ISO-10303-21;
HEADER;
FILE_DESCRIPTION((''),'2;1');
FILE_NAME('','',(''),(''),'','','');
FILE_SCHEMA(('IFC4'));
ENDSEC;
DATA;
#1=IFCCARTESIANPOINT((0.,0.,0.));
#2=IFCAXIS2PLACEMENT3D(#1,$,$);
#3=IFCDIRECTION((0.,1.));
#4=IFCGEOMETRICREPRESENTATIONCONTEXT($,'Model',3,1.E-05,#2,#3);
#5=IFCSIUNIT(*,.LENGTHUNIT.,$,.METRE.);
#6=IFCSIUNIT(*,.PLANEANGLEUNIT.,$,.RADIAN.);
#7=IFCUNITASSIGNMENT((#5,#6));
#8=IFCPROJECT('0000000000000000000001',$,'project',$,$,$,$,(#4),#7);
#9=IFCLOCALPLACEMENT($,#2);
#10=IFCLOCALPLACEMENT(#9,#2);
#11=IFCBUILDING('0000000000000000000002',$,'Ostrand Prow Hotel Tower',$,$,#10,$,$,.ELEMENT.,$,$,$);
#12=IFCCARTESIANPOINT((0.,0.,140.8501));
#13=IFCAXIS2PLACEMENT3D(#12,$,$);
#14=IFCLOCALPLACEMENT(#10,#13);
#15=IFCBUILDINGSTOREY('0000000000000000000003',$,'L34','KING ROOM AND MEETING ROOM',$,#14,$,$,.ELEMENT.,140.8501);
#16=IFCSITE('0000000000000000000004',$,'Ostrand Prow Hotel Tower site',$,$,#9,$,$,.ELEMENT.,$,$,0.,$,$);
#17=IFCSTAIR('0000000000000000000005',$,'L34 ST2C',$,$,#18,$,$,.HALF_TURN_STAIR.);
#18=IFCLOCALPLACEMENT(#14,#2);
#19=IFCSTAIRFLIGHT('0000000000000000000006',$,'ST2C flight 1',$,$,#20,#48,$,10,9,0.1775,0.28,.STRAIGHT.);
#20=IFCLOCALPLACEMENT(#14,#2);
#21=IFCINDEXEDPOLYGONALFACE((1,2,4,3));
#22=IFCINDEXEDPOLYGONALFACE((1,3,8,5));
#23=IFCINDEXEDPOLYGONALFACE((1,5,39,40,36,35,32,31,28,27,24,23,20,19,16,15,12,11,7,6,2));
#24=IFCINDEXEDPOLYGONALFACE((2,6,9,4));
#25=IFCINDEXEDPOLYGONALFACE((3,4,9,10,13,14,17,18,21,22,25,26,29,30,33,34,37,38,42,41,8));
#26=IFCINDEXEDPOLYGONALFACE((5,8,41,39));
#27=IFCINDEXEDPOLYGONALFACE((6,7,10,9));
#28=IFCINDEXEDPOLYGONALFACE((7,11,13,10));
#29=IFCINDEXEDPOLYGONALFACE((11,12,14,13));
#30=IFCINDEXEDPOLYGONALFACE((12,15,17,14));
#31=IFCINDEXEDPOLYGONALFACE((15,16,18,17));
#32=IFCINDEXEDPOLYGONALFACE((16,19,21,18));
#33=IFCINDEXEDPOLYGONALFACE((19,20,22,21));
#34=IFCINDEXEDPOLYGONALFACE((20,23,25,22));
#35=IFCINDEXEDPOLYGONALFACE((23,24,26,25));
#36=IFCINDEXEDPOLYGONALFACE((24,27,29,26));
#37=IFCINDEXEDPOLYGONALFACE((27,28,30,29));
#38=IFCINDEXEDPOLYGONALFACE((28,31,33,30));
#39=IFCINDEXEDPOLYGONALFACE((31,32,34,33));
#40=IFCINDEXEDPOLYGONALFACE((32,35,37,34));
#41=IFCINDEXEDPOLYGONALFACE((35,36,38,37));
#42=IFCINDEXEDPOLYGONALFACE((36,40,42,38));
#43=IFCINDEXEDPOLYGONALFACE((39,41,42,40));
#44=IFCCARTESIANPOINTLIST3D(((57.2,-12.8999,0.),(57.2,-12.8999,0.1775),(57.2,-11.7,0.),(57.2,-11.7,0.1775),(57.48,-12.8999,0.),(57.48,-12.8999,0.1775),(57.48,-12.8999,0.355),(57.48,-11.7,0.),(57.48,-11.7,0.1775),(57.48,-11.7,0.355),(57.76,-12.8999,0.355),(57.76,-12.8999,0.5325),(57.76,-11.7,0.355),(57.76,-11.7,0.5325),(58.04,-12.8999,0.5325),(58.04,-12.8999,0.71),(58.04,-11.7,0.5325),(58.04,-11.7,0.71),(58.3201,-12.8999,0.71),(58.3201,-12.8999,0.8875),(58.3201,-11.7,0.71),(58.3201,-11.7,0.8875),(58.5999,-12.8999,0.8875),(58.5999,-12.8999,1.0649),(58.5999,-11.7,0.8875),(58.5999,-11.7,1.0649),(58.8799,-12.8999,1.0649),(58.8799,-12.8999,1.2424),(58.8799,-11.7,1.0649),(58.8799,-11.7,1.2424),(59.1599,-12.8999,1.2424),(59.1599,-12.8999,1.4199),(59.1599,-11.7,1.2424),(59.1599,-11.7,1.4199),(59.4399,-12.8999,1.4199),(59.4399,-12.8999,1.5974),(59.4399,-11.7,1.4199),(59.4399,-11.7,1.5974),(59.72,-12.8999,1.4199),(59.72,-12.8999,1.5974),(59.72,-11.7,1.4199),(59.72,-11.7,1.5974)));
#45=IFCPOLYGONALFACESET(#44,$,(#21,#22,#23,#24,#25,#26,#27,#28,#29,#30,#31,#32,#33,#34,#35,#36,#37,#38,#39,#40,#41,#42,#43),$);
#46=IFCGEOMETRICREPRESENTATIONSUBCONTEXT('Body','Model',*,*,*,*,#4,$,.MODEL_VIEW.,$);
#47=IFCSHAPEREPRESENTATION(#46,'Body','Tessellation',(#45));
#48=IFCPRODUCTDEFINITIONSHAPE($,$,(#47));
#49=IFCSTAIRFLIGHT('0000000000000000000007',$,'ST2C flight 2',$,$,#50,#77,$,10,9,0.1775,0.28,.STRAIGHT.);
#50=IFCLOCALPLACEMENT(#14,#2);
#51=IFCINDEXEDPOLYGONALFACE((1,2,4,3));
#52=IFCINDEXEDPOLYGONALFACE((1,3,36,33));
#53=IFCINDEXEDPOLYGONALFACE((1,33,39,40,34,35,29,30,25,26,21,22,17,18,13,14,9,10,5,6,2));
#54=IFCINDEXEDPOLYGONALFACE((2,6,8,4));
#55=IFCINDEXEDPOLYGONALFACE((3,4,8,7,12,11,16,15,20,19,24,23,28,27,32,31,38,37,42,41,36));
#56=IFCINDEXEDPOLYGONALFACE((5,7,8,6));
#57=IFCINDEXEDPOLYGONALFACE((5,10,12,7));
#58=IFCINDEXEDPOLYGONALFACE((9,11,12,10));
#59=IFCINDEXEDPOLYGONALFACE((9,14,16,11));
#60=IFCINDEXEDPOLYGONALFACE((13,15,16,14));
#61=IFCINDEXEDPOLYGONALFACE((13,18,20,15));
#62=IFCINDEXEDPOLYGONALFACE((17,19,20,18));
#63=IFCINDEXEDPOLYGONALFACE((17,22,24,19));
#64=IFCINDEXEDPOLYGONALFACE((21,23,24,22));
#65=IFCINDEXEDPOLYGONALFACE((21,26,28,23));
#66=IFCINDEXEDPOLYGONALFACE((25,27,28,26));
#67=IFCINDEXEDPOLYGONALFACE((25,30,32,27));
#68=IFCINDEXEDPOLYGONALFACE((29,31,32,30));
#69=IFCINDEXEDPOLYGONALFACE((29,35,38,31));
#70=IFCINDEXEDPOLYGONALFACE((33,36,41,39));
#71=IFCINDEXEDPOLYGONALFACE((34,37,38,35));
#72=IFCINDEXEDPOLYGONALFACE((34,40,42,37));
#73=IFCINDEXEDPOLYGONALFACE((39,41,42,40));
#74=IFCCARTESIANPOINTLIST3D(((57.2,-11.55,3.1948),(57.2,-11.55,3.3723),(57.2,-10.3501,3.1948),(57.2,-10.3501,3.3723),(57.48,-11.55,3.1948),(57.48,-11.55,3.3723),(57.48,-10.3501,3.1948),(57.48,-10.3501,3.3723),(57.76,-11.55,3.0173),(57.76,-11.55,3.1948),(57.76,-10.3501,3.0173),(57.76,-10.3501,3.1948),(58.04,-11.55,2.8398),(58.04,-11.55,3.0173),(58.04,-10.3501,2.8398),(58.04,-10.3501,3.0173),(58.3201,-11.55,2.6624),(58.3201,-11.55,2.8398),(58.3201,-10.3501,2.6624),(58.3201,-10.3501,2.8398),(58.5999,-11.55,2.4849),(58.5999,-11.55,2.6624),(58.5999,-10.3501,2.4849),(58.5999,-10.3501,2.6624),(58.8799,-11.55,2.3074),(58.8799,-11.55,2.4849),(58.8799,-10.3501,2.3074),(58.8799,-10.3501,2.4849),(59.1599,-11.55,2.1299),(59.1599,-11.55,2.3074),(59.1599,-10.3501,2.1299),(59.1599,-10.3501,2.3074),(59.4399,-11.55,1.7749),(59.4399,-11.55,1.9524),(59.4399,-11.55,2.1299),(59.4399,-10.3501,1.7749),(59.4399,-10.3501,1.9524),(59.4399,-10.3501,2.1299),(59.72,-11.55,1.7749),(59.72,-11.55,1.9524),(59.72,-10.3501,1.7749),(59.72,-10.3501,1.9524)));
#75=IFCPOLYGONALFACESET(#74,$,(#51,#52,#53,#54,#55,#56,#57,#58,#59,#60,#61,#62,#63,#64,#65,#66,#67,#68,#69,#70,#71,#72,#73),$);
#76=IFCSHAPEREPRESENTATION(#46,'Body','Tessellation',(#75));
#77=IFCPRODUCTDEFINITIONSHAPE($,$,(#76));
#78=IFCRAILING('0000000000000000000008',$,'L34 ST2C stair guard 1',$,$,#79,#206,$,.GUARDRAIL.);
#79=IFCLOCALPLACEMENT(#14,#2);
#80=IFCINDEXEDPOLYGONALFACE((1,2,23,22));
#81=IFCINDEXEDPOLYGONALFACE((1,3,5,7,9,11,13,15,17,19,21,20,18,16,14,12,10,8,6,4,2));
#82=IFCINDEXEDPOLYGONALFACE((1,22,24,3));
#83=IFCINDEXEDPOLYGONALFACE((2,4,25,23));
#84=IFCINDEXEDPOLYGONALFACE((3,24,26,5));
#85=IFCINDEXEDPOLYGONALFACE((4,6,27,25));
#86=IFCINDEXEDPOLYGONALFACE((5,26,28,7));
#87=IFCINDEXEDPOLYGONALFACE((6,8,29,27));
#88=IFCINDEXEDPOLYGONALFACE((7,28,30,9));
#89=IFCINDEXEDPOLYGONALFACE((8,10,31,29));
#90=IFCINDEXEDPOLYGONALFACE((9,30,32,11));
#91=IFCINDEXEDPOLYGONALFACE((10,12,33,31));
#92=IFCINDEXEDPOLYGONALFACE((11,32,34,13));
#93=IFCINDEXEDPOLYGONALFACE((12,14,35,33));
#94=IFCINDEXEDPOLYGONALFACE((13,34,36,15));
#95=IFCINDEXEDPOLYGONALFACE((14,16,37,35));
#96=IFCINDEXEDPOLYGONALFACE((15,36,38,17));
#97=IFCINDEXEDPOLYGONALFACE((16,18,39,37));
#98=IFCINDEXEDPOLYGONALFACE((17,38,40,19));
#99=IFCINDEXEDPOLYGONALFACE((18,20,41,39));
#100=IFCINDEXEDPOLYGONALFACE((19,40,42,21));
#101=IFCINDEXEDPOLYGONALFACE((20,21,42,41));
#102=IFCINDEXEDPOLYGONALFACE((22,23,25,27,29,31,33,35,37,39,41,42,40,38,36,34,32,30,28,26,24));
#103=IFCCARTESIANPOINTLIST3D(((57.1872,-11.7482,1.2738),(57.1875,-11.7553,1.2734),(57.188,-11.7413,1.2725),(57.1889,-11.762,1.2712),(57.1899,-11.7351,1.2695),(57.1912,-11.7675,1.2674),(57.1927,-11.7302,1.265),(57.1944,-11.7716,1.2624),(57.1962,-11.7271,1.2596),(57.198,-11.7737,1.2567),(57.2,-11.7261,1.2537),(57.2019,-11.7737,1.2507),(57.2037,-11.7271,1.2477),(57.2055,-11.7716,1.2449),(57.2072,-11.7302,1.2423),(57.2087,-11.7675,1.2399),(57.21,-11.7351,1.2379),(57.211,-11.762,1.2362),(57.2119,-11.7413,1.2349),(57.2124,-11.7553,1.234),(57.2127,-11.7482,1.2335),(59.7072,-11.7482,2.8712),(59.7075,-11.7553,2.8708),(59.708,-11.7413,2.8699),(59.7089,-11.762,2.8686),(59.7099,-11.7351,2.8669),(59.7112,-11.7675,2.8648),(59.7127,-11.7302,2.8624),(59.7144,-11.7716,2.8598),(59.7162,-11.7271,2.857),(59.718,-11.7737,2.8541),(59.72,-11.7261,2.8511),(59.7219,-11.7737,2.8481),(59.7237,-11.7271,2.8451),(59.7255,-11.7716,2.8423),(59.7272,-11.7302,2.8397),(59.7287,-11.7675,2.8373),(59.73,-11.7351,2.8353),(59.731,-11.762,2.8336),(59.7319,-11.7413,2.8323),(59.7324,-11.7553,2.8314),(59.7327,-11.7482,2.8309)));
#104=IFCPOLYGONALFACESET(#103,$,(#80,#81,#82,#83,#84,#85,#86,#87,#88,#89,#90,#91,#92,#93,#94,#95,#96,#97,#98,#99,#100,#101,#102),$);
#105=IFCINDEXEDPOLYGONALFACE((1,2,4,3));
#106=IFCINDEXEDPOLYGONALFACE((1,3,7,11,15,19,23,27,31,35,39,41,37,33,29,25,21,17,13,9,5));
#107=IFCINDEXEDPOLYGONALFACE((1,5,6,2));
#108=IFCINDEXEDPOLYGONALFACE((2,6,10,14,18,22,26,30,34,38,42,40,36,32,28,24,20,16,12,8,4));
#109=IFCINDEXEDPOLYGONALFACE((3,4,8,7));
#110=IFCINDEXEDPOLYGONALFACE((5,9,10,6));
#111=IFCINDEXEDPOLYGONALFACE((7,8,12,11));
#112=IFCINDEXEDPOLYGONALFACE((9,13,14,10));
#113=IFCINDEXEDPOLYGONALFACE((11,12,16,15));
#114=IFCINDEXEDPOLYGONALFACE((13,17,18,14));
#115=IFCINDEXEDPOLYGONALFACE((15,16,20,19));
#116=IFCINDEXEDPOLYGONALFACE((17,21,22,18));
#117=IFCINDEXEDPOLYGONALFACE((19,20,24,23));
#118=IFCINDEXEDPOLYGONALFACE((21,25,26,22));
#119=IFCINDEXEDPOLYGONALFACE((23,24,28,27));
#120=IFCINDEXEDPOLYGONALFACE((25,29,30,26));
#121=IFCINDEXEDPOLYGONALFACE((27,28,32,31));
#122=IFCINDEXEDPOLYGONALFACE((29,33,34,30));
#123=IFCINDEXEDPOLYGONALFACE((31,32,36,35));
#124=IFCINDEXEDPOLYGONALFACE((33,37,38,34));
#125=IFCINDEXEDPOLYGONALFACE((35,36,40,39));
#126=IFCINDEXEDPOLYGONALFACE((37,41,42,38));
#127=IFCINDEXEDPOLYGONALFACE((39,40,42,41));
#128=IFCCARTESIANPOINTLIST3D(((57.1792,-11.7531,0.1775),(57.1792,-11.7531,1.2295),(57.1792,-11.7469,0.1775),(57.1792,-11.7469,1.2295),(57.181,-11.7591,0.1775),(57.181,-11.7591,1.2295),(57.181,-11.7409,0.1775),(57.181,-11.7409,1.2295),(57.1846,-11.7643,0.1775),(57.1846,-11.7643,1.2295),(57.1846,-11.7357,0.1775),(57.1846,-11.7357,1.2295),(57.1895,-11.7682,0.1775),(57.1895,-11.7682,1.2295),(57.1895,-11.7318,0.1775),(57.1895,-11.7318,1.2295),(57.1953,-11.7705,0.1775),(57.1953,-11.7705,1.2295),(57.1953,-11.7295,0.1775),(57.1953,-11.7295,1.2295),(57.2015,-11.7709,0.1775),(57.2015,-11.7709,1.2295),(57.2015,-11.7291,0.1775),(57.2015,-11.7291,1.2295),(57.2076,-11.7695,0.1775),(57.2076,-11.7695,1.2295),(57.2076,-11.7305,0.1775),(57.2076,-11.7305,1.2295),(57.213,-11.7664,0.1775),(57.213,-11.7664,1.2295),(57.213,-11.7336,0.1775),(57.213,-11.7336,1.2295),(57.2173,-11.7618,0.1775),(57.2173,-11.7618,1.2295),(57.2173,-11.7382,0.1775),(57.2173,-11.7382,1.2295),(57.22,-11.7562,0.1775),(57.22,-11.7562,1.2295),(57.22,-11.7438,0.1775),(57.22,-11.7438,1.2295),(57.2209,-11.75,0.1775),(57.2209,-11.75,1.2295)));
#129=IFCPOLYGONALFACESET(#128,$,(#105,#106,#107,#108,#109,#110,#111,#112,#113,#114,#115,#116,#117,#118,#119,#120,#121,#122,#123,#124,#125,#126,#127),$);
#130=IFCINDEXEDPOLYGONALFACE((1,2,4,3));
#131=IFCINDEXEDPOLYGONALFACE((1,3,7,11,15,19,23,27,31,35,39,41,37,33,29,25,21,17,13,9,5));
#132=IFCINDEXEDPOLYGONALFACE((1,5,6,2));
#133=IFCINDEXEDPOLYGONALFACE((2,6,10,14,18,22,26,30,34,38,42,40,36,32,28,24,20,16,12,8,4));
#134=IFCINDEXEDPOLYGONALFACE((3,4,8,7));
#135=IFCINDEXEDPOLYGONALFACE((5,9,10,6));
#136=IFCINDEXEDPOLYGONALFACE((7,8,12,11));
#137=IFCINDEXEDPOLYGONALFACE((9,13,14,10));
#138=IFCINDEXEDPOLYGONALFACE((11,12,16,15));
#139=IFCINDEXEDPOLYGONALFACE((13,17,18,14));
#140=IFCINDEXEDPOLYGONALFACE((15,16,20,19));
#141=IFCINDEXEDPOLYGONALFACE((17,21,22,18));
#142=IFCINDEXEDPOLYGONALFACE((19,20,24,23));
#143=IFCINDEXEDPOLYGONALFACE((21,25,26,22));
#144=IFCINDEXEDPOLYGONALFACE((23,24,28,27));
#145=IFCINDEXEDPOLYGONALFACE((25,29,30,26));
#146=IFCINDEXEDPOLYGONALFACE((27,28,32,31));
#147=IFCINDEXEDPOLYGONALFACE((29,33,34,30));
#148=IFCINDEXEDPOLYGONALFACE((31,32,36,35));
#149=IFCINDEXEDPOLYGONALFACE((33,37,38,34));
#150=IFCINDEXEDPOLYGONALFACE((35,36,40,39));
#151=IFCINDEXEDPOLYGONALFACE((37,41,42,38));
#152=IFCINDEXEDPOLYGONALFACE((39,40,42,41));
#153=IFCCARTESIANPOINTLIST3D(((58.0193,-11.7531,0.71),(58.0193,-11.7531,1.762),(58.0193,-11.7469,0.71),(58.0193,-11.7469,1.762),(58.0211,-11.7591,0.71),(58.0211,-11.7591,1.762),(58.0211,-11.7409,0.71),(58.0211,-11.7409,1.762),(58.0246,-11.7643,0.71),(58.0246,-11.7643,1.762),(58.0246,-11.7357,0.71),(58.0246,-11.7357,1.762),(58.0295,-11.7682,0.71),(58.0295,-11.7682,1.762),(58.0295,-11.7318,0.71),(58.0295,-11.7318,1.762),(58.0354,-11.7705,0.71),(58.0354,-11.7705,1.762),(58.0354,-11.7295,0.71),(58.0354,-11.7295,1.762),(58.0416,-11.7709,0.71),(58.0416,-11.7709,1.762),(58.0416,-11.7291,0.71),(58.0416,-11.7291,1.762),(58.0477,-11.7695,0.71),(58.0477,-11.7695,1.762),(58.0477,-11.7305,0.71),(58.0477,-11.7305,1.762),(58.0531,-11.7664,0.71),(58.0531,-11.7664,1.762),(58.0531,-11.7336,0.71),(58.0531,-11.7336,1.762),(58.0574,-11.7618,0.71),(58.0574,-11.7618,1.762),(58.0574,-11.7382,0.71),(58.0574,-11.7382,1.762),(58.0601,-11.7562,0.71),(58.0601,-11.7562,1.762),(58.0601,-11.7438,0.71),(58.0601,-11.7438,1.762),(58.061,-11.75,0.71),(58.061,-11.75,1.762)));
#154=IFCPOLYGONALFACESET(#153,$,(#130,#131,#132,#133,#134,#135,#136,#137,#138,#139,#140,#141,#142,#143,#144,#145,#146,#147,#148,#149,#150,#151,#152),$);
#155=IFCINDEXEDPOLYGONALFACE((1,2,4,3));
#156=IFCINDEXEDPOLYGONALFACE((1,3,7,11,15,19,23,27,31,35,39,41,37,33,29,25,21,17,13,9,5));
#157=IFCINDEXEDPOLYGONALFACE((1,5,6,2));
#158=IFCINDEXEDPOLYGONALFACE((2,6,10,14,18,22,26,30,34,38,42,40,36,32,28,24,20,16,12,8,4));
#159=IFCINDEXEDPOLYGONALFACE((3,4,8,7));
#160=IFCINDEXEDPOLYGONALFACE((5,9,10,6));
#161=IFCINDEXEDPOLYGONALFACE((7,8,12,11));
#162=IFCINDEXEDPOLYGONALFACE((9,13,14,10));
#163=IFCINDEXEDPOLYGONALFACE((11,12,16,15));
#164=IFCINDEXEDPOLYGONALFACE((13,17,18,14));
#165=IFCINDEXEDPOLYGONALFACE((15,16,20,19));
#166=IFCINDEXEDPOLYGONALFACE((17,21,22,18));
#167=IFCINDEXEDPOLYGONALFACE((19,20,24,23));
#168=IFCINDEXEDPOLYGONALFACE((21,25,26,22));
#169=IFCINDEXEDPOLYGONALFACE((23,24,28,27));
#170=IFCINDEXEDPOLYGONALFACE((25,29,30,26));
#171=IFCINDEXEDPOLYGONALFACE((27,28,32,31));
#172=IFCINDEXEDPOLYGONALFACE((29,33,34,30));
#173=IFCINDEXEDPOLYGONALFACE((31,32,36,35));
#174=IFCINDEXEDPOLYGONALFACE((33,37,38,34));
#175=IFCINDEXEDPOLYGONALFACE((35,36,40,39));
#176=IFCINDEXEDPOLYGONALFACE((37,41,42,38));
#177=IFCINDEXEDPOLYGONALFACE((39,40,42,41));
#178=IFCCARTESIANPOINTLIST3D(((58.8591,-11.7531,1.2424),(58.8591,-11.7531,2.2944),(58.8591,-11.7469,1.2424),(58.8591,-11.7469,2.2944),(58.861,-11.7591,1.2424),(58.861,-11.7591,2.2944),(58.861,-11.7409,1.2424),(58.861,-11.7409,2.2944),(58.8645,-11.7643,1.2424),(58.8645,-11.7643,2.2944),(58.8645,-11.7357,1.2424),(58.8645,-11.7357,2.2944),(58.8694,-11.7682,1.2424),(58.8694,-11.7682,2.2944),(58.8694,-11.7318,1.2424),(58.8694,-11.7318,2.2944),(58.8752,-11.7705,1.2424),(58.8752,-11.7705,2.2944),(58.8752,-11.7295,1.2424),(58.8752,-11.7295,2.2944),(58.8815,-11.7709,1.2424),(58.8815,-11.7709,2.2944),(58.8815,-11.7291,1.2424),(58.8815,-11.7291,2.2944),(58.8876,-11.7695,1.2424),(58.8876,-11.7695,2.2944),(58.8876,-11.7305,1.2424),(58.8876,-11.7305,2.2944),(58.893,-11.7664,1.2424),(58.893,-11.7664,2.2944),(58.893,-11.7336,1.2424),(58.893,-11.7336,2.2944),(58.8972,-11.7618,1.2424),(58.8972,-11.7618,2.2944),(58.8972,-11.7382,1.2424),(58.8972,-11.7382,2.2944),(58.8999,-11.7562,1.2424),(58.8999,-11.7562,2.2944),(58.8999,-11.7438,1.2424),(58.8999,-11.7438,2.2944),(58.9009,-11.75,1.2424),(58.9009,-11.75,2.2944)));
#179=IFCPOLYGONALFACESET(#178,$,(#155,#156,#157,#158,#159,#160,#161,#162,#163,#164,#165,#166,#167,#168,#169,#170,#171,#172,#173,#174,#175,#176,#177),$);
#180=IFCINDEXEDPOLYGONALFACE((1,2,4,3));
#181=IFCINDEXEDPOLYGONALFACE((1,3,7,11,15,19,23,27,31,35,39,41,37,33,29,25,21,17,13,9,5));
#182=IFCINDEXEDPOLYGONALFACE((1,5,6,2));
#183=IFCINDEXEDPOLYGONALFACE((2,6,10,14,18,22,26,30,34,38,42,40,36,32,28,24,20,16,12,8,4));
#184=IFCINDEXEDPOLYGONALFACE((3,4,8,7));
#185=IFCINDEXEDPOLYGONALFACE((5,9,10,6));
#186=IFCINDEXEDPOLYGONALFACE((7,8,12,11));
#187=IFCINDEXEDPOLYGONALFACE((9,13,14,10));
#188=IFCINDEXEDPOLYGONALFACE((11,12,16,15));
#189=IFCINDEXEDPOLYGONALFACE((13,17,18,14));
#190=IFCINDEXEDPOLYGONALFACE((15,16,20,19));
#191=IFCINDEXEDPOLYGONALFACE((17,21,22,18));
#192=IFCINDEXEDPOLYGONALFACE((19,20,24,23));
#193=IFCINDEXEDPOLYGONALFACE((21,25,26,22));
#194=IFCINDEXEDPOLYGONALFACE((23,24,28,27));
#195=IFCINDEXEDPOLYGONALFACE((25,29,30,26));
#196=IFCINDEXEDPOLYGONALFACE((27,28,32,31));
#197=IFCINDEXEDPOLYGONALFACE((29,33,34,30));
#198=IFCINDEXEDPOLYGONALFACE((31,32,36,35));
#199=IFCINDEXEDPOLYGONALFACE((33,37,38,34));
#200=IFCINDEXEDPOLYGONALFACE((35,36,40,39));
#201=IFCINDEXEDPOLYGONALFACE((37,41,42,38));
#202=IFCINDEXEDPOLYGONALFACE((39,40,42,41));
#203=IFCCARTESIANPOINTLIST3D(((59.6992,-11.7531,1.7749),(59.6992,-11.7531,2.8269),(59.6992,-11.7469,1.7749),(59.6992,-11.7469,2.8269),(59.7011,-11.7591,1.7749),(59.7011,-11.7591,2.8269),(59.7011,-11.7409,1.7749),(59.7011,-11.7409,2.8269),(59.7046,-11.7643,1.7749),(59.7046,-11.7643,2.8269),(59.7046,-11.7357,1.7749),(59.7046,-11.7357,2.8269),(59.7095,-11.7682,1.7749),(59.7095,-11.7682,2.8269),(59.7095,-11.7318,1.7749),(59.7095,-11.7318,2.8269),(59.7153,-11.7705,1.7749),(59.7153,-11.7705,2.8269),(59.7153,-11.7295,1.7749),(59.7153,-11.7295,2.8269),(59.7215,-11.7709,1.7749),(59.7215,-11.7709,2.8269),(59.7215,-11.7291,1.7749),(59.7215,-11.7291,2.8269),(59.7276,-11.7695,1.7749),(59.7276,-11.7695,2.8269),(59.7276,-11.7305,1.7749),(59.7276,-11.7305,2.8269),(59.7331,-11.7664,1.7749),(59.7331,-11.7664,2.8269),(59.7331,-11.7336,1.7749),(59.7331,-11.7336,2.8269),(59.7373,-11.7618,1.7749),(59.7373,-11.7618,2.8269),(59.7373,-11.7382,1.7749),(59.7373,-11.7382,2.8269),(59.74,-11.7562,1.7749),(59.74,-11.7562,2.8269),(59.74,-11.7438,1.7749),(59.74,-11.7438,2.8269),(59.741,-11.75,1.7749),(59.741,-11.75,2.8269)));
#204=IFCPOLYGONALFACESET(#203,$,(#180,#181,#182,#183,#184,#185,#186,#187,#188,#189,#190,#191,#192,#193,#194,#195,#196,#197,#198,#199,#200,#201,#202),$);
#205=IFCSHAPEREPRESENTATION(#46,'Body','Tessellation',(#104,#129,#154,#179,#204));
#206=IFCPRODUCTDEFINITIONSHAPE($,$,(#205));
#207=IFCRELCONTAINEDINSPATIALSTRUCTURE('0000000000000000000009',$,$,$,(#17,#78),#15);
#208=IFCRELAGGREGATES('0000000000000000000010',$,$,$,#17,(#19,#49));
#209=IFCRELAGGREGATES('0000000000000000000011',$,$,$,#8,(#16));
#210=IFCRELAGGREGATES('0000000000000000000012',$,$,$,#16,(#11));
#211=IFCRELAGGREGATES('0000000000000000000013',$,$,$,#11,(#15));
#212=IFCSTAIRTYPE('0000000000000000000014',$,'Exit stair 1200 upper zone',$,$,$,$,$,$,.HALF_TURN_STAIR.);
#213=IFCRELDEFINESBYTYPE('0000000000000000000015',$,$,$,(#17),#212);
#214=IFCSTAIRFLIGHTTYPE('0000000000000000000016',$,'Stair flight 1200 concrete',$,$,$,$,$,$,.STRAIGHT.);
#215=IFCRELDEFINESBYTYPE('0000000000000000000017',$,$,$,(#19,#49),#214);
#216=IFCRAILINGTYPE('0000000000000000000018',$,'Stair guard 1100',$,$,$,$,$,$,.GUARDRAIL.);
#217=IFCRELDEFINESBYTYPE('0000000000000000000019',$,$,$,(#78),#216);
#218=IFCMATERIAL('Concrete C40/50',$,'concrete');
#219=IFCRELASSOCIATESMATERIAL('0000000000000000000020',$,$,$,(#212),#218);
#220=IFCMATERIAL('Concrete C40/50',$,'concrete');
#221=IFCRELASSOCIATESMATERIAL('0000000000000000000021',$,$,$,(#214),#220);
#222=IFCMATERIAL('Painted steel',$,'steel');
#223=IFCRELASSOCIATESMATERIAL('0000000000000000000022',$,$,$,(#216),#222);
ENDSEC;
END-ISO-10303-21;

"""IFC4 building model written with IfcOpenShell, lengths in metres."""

from ifc_helpers import new_model, si_unit, direction, frame, origin, origin_2d, place, context, subcontext, project, spatial, polyline, circle, outline, extrude, material, type_object, element, aggregate, save


model = new_model("IFC4")

# Units and contexts
model_context = context("Model", 3, precision=1e-05, world=origin(), true_north=direction((0.0, 1.0)))
body_context = subcontext(model_context, "Body", "Model", "MODEL_VIEW")
ifc_project = project(units=[si_unit("LENGTHUNIT", "METRE"), si_unit("PLANEANGLEUNIT", "RADIAN")], contexts=[model_context])

# Site, building, storey
site_placement = place(None, origin())
site = spatial("IfcSite", under=ifc_project, at=site_placement, Name="Ostrand Prow Hotel Tower site", CompositionType="ELEMENT", RefElevation=0.0)
building_placement = place(site_placement, origin())
building = spatial("IfcBuilding", under=site, at=building_placement, Name="Ostrand Prow Hotel Tower", CompositionType="ELEMENT")
storey_placement = place(building_placement, frame((0.0, 0.0, 140.8501)))
storey = spatial("IfcBuildingStorey", under=building, at=storey_placement, Name="L34", Description="KING ROOM AND MEETING ROOM", CompositionType="ELEMENT", Elevation=140.8501)

# Stair, stair flights
ifc_material_1 = material(Name="Concrete C40/50", Category="concrete")
stair_type = type_object("IfcStairType", Name="Exit stair 1200 upper zone", PredefinedType="HALF_TURN_STAIR", material=ifc_material_1)
stair_placement = place(storey_placement, origin())
stair = element("IfcStair", 1, at=stair_placement, inside=storey, type_object=stair_type, Name="L34 ST2C", PredefinedType="HALF_TURN_STAIR")
ifc_material_2 = material(Name="Concrete C40/50", Category="concrete")
stair_flight_type = type_object("IfcStairFlightType", Name="Stair flight 1200 concrete", PredefinedType="STRAIGHT", material=ifc_material_2)
stair_flight_1_placement = place(storey_placement, frame((57.2, -12.3, 0.0), z_axis=(0.0, 0.0, 1.0), x_axis=(1.0, 0.0, 0.0)))
stair_flight_1 = element("IfcStairFlight", 2, at=stair_flight_1_placement, type_object=stair_flight_type, Name="ST2C flight 1", NumberOfRisers=10, NumberOfTreads=9, PredefinedType="STRAIGHT", RiserHeight=0.1775, TreadLength=0.28, context=body_context, shape_type="SweptSolid", body=[
    extrude(outline(polyline([(0.0, 0.0), (0.0, 0.1775), (0.28, 0.1775), (0.28, 0.355), (0.5601, 0.355), (0.5601, 0.5325), (0.8401, 0.5325), (0.8401, 0.71), (1.1201, 0.71), (1.1201, 0.8875), (1.3999, 0.8875), (1.3999, 1.0649), (1.6799, 1.0649), (1.6799, 1.2424), (1.96, 1.2424), (1.96, 1.4199), (2.24, 1.4199), (2.24, 1.5974), (2.52, 1.5974), (2.52, 1.7749), (2.52, 1.4199), (0.28, 0.0), (0.0, 0.0)])), frame((0.0, 0.6001, 0.0), z_axis=(0.0, -1.0, 0.0), x_axis=(1.0, 0.0, 0.0)), (0.0, 0.0, 1.0), 1.2),
])
stair_flight_2_placement = place(storey_placement, frame((59.72, -10.95, 1.7749), z_axis=(0.0, 0.0, 1.0), x_axis=(-1.0, 0.0, 0.0)))
stair_flight_2 = element("IfcStairFlight", 3, at=stair_flight_2_placement, type_object=stair_flight_type, Name="ST2C flight 2", NumberOfRisers=10, NumberOfTreads=9, PredefinedType="STRAIGHT", RiserHeight=0.1775, TreadLength=0.28, context=body_context, shape_type="SweptSolid", body=[
    extrude(outline(polyline([(0.0, 0.0), (0.0, 0.1775), (0.28, 0.1775), (0.28, 0.355), (0.5601, 0.355), (0.5601, 0.5325), (0.8401, 0.5325), (0.8401, 0.71), (1.1201, 0.71), (1.1201, 0.8875), (1.3999, 0.8875), (1.3999, 1.0649), (1.6799, 1.0649), (1.6799, 1.2424), (1.96, 1.2424), (1.96, 1.4199), (2.24, 1.4199), (2.24, 1.5974), (2.52, 1.5974), (2.52, 1.7749), (2.52, 1.4199), (0.28, 0.0), (0.0, 0.0)])), frame((0.0, 0.6001, 0.0), z_axis=(0.0, -1.0, 0.0), x_axis=(1.0, 0.0, 0.0)), (0.0, 0.0, 1.0), 1.2),
])
aggregate(stair, [stair_flight_1, stair_flight_2])

# Railing
ifc_material_3 = material(Name="Painted steel", Category="steel")
railing_type_1 = type_object("IfcRailingType", Name="Stair guard 1100", PredefinedType="GUARDRAIL", material=ifc_material_3)
railing_1_placement = place(storey_placement, frame((57.2, -11.75, 0.1775)))
element("IfcRailing", 4, at=railing_1_placement, inside=storey, type_object=railing_type_1, Name="L34 ST2C stair guard 1", PredefinedType="GUARDRAIL", context=body_context, shape_type="SweptSolid", body=[
    extrude(circle(Radius=0.0239, at=origin_2d()), frame((0.0, 0.0, 1.0762), z_axis=(0.844607, 0.0, 0.535387), x_axis=(0.0, 1.0, 0.0)), (0.0, 0.0, 1.0), 2.9836),
    extrude(circle(Radius=0.021, at=origin_2d()), origin(), (0.0, 0.0, 1.0), 1.052),
    extrude(circle(Radius=0.021, at=origin_2d()), frame((0.8401, 0.0, 0.5325)), (0.0, 0.0, 1.0), 1.052),
    extrude(circle(Radius=0.021, at=origin_2d()), frame((1.6799, 0.0, 1.0649)), (0.0, 0.0, 1.0), 1.052),
    extrude(circle(Radius=0.021, at=origin_2d()), frame((2.52, 0.0, 1.5974)), (0.0, 0.0, 1.0), 1.052),
])

save(model, "model.ifc")
